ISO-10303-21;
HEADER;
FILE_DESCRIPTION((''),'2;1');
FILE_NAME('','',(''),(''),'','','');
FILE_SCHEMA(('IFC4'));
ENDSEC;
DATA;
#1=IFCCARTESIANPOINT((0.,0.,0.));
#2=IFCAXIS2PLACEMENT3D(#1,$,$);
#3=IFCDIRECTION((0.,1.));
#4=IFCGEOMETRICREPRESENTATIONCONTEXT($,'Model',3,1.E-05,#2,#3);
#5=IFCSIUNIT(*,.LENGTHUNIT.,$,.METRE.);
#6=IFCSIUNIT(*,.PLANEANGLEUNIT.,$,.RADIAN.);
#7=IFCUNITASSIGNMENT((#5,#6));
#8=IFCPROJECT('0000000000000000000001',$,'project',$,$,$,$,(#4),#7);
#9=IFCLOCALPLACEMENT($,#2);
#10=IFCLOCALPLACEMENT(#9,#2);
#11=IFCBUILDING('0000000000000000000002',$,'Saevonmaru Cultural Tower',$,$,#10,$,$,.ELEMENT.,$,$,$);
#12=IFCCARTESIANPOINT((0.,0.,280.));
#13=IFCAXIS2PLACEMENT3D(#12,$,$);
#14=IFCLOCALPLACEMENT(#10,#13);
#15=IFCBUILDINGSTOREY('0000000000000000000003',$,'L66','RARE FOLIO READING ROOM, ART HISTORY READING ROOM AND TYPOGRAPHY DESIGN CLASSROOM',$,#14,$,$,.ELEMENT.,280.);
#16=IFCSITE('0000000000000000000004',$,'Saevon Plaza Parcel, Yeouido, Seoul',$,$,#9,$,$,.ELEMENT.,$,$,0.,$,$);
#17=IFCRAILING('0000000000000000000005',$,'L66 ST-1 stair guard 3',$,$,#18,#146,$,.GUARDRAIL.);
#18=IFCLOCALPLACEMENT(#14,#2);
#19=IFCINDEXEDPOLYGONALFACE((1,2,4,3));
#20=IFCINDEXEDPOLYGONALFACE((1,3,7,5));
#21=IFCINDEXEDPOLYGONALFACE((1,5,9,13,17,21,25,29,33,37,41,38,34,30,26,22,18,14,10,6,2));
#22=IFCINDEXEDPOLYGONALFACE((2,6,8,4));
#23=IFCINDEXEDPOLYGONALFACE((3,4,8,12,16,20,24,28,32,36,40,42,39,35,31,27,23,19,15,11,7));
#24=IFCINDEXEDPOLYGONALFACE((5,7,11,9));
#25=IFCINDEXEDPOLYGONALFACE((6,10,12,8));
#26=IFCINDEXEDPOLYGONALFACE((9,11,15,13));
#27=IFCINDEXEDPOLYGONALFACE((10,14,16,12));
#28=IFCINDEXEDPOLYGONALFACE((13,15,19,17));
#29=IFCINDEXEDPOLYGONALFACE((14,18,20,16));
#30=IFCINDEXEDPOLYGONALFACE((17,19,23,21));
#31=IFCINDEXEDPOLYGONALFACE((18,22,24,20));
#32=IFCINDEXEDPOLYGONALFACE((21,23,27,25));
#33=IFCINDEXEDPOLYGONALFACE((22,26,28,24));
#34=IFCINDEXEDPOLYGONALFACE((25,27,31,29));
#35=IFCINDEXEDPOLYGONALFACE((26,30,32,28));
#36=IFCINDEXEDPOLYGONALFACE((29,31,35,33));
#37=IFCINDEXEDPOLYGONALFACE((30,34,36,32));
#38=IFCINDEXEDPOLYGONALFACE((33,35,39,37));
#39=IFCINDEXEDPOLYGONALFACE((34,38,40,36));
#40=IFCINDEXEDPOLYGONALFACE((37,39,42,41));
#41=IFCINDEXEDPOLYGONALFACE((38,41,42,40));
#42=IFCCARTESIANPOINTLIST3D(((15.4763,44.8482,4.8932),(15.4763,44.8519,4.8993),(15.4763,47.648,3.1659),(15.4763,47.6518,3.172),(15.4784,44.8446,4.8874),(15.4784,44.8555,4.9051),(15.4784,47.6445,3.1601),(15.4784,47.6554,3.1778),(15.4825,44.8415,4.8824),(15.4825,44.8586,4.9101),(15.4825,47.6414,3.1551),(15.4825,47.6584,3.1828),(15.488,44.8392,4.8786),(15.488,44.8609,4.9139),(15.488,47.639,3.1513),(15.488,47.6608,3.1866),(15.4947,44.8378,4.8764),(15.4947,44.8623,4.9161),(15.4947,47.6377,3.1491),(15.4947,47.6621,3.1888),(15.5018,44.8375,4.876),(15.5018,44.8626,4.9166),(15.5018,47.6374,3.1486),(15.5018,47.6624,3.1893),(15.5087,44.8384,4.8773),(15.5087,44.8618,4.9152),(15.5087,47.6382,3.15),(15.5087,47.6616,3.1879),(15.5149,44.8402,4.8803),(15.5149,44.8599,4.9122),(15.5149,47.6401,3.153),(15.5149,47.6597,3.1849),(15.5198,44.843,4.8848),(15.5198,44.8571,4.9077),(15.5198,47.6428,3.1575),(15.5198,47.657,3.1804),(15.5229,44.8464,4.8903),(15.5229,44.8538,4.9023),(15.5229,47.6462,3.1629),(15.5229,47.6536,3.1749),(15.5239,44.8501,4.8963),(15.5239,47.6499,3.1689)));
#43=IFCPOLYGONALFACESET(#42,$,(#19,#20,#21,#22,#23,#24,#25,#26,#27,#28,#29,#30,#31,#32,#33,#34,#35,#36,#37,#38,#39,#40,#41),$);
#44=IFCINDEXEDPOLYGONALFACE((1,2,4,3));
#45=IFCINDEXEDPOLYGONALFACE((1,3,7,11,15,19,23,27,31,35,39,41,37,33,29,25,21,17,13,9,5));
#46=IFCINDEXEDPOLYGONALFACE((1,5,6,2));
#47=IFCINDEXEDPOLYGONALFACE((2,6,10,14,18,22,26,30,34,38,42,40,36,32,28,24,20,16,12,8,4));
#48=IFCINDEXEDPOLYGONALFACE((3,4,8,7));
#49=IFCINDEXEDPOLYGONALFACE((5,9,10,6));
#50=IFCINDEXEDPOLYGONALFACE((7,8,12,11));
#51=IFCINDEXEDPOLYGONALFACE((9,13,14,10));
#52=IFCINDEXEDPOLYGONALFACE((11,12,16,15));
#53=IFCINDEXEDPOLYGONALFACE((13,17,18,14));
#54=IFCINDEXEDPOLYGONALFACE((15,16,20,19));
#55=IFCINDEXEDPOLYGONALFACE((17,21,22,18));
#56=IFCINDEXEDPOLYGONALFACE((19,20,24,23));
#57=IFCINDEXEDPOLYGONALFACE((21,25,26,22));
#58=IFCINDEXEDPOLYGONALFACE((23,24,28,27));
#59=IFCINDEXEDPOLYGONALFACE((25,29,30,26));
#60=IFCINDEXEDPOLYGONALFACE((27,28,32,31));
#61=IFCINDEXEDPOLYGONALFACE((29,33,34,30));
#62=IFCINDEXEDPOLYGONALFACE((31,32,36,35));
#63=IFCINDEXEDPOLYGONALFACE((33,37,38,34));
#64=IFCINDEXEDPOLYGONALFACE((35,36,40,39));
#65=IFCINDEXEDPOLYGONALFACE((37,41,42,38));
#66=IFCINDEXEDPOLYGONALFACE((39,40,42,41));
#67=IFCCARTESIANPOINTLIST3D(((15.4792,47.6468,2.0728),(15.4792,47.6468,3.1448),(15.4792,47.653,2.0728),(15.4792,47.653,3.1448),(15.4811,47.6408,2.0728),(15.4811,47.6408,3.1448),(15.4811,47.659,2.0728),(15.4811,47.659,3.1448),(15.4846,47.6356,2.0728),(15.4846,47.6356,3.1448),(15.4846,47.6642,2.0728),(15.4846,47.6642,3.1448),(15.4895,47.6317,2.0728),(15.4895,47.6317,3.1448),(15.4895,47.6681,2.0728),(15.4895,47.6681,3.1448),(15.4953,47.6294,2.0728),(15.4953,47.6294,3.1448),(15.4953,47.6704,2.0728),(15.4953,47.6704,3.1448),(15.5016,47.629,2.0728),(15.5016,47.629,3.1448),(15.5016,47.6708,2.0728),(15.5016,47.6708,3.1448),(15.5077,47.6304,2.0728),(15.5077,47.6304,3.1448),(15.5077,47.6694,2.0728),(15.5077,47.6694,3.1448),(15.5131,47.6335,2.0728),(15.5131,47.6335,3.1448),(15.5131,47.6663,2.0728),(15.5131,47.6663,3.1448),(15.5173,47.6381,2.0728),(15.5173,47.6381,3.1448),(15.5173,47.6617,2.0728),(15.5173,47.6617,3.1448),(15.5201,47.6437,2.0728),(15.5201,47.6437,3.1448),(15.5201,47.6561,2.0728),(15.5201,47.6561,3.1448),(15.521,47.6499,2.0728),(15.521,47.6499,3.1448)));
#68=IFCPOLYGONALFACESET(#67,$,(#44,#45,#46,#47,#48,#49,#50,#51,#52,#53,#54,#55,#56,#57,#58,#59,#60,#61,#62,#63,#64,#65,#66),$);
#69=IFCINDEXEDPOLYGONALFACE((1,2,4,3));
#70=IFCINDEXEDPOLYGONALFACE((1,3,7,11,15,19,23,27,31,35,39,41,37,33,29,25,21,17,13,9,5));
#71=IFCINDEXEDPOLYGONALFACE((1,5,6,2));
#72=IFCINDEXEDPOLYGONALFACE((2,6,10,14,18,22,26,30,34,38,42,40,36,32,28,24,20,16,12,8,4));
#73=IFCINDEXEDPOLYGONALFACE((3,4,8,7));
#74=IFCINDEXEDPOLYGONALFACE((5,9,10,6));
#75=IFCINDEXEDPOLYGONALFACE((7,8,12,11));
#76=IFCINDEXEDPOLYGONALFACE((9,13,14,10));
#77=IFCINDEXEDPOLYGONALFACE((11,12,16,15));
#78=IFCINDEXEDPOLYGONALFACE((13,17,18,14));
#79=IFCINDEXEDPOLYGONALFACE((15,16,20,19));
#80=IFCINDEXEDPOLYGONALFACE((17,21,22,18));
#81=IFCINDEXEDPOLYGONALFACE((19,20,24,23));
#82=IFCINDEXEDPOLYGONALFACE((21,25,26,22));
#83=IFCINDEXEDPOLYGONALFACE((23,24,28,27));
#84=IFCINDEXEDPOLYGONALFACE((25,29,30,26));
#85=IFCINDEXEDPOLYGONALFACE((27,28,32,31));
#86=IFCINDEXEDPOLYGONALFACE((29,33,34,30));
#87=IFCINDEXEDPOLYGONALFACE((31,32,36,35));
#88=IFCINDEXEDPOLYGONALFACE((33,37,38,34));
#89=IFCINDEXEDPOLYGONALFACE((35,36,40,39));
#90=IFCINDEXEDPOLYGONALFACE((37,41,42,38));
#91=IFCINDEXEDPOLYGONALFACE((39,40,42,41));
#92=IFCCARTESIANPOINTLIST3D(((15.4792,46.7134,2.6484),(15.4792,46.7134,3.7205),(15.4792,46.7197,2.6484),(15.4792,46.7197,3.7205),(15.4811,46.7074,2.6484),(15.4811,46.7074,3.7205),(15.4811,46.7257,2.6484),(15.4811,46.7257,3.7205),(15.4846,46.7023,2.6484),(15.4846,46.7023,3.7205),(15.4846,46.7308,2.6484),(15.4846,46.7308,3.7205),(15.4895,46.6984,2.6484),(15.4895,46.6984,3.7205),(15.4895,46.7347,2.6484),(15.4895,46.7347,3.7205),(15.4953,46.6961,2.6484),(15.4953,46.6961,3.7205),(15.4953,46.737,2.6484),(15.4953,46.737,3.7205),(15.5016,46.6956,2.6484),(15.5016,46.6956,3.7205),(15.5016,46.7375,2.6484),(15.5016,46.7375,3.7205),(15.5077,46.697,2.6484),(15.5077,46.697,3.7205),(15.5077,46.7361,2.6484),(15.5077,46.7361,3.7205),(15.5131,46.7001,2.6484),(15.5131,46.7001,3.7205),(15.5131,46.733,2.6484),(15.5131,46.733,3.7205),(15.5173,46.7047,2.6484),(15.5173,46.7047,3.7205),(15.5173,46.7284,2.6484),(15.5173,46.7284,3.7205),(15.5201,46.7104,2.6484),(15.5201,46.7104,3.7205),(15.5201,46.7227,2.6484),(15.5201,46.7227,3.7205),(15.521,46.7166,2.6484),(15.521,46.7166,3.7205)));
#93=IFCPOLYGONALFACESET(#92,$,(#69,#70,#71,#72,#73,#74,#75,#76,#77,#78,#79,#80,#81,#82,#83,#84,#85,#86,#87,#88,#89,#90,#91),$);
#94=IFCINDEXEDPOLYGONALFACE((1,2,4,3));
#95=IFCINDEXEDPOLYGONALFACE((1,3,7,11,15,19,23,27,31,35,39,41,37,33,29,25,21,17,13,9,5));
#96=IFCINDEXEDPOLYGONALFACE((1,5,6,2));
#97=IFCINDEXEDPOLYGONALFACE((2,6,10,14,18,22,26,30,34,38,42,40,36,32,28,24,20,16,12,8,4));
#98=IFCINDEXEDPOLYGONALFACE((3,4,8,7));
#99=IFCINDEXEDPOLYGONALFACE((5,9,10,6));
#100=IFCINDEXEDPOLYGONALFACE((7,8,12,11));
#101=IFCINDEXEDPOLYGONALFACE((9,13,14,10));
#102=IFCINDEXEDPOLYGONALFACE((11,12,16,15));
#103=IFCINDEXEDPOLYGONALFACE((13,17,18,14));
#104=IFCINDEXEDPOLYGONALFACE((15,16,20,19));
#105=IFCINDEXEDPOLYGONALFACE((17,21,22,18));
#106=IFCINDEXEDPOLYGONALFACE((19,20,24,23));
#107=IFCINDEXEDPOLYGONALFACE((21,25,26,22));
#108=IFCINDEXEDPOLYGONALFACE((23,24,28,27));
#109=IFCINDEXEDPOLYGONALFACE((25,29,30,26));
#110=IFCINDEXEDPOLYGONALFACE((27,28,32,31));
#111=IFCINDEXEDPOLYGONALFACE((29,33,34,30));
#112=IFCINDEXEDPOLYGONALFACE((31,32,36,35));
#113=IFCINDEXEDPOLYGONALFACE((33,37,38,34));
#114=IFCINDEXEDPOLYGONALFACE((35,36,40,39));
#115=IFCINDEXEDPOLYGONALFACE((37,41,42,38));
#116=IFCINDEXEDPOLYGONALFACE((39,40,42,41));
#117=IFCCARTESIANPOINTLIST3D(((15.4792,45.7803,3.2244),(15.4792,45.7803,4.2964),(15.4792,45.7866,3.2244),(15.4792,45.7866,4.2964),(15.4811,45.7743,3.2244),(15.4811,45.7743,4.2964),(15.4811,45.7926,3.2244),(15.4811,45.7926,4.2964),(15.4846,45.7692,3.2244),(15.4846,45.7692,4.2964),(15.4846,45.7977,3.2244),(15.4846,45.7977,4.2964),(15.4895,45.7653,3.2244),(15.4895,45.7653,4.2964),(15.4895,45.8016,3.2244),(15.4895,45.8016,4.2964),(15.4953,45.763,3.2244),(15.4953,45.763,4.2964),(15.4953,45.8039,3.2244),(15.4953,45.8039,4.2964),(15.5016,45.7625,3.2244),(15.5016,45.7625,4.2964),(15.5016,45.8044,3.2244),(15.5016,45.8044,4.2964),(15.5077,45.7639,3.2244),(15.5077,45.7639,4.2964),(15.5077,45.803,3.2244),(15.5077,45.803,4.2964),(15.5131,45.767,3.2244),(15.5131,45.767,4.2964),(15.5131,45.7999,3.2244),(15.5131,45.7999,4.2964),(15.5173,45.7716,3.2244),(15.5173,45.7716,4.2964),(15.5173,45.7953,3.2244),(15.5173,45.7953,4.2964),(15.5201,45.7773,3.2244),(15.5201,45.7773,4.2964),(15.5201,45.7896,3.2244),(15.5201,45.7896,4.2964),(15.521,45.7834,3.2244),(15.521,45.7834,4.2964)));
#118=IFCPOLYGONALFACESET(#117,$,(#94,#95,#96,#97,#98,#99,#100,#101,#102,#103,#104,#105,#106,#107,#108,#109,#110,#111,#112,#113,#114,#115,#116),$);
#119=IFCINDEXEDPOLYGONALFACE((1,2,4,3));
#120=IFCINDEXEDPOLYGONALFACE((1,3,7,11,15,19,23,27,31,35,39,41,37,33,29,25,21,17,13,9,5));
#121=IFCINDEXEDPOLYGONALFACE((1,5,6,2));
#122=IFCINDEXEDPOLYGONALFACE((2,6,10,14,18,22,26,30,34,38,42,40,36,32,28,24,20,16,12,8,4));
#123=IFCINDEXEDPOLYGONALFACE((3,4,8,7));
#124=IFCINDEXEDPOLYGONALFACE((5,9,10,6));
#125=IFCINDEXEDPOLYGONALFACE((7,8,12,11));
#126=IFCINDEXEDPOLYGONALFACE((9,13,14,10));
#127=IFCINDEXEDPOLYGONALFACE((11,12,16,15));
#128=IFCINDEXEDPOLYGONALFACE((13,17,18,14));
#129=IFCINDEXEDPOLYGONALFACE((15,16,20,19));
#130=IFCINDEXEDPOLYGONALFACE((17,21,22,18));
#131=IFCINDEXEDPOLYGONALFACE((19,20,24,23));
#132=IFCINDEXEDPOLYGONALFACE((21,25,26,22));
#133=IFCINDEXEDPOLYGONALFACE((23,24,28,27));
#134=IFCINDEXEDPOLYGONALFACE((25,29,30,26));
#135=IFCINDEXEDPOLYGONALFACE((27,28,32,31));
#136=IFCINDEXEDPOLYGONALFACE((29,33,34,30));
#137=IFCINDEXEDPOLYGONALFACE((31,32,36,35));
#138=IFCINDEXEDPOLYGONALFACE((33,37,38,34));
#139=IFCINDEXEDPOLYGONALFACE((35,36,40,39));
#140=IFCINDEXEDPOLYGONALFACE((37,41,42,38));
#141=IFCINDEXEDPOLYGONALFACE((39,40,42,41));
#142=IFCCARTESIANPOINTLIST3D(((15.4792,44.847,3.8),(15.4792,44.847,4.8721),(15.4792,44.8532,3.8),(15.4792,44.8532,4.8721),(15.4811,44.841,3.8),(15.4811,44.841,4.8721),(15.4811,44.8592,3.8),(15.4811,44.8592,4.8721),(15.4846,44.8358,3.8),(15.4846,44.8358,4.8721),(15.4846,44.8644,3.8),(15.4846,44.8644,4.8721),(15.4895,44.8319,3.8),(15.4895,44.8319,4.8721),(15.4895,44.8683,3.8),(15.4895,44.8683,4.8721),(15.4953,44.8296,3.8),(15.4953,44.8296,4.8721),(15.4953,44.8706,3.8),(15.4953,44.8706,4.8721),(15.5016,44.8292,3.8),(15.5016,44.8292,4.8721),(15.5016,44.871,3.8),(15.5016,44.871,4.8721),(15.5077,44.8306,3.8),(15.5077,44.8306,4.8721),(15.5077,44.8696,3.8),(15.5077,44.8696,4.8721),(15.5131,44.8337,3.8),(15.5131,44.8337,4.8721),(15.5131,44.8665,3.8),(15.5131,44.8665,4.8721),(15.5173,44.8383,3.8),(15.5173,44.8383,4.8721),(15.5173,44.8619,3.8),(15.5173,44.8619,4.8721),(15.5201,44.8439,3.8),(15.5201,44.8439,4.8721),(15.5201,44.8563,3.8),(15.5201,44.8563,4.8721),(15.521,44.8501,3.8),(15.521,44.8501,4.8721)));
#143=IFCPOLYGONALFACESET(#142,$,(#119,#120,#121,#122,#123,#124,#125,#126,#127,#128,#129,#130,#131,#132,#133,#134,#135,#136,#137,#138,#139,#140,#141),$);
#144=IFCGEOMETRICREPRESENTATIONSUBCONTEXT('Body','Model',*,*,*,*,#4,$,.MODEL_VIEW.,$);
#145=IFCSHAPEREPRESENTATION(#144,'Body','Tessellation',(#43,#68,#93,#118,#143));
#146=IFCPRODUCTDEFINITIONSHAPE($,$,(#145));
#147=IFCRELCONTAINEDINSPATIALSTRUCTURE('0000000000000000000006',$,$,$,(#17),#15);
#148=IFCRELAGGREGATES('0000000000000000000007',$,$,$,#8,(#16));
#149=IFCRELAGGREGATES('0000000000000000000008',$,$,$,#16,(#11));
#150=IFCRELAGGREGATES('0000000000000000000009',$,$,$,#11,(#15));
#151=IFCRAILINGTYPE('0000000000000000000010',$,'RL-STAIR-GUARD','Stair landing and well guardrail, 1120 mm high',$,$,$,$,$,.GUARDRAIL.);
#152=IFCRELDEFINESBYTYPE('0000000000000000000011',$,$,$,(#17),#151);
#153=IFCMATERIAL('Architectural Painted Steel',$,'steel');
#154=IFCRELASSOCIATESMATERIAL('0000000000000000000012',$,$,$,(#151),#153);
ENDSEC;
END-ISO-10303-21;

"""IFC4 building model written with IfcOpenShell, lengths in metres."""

from ifc_helpers import new_model, si_unit, direction, frame, origin, origin_2d, place, context, subcontext, project, spatial, circle, extrude, material, type_object, element, save


model = new_model("IFC4")

# Units and contexts
model_context = context("Model", 3, precision=1e-05, world=origin(), true_north=direction((0.0, 1.0)))
body_context = subcontext(model_context, "Body", "Model", "MODEL_VIEW")
ifc_project = project(units=[si_unit("LENGTHUNIT", "METRE"), si_unit("PLANEANGLEUNIT", "RADIAN")], contexts=[model_context])

# Site, building, storey
site_placement = place(None, origin())
site = spatial("IfcSite", under=ifc_project, at=site_placement, Name="Saevon Plaza Parcel, Yeouido, Seoul", CompositionType="ELEMENT", RefElevation=0.0)
building_placement = place(site_placement, origin())
building = spatial("IfcBuilding", under=site, at=building_placement, Name="Saevonmaru Cultural Tower", CompositionType="ELEMENT")
storey_placement = place(building_placement, frame((0.0, 0.0, 280.0)))
storey = spatial("IfcBuildingStorey", under=building, at=storey_placement, Name="L66", Description="RARE FOLIO READING ROOM, ART HISTORY READING ROOM AND TYPOGRAPHY DESIGN CLASSROOM", CompositionType="ELEMENT", Elevation=280.0)

# Railing
ifc_material_1 = material(Name="Architectural Painted Steel", Category="steel")
railing_type_1 = type_object("IfcRailingType", Name="RL-STAIR-GUARD", Description="Stair landing and well guardrail, 1120 mm high", PredefinedType="GUARDRAIL", material=ifc_material_1)
railing_1_placement = place(storey_placement, frame((15.5, 47.6499, 2.0728)))
element("IfcRailing", 1, at=railing_1_placement, inside=storey, type_object=railing_type_1, Name="L66 ST-1 stair guard 3", PredefinedType="GUARDRAIL", context=body_context, shape_type="SweptSolid", body=[
    extrude(circle(Radius=0.0239, at=origin_2d()), frame((0.0, 0.0, 1.0962), z_axis=(0.0, -0.851069, 0.525054), x_axis=(1.0, 0.0, 0.0)), (0.0, 0.0, 1.0), 3.2898),
    extrude(circle(Radius=0.021, at=origin_2d()), origin(), (0.0, 0.0, 1.0), 1.072),
    extrude(circle(Radius=0.021, at=origin_2d()), frame((0.0, -0.9333, 0.5757)), (0.0, 0.0, 1.0), 1.072),
    extrude(circle(Radius=0.021, at=origin_2d()), frame((0.0, -1.8665, 1.1516)), (0.0, 0.0, 1.0), 1.072),
    extrude(circle(Radius=0.021, at=origin_2d()), frame((0.0, -2.7998, 1.7273)), (0.0, 0.0, 1.0), 1.072),
])

save(model, "model.ifc")
